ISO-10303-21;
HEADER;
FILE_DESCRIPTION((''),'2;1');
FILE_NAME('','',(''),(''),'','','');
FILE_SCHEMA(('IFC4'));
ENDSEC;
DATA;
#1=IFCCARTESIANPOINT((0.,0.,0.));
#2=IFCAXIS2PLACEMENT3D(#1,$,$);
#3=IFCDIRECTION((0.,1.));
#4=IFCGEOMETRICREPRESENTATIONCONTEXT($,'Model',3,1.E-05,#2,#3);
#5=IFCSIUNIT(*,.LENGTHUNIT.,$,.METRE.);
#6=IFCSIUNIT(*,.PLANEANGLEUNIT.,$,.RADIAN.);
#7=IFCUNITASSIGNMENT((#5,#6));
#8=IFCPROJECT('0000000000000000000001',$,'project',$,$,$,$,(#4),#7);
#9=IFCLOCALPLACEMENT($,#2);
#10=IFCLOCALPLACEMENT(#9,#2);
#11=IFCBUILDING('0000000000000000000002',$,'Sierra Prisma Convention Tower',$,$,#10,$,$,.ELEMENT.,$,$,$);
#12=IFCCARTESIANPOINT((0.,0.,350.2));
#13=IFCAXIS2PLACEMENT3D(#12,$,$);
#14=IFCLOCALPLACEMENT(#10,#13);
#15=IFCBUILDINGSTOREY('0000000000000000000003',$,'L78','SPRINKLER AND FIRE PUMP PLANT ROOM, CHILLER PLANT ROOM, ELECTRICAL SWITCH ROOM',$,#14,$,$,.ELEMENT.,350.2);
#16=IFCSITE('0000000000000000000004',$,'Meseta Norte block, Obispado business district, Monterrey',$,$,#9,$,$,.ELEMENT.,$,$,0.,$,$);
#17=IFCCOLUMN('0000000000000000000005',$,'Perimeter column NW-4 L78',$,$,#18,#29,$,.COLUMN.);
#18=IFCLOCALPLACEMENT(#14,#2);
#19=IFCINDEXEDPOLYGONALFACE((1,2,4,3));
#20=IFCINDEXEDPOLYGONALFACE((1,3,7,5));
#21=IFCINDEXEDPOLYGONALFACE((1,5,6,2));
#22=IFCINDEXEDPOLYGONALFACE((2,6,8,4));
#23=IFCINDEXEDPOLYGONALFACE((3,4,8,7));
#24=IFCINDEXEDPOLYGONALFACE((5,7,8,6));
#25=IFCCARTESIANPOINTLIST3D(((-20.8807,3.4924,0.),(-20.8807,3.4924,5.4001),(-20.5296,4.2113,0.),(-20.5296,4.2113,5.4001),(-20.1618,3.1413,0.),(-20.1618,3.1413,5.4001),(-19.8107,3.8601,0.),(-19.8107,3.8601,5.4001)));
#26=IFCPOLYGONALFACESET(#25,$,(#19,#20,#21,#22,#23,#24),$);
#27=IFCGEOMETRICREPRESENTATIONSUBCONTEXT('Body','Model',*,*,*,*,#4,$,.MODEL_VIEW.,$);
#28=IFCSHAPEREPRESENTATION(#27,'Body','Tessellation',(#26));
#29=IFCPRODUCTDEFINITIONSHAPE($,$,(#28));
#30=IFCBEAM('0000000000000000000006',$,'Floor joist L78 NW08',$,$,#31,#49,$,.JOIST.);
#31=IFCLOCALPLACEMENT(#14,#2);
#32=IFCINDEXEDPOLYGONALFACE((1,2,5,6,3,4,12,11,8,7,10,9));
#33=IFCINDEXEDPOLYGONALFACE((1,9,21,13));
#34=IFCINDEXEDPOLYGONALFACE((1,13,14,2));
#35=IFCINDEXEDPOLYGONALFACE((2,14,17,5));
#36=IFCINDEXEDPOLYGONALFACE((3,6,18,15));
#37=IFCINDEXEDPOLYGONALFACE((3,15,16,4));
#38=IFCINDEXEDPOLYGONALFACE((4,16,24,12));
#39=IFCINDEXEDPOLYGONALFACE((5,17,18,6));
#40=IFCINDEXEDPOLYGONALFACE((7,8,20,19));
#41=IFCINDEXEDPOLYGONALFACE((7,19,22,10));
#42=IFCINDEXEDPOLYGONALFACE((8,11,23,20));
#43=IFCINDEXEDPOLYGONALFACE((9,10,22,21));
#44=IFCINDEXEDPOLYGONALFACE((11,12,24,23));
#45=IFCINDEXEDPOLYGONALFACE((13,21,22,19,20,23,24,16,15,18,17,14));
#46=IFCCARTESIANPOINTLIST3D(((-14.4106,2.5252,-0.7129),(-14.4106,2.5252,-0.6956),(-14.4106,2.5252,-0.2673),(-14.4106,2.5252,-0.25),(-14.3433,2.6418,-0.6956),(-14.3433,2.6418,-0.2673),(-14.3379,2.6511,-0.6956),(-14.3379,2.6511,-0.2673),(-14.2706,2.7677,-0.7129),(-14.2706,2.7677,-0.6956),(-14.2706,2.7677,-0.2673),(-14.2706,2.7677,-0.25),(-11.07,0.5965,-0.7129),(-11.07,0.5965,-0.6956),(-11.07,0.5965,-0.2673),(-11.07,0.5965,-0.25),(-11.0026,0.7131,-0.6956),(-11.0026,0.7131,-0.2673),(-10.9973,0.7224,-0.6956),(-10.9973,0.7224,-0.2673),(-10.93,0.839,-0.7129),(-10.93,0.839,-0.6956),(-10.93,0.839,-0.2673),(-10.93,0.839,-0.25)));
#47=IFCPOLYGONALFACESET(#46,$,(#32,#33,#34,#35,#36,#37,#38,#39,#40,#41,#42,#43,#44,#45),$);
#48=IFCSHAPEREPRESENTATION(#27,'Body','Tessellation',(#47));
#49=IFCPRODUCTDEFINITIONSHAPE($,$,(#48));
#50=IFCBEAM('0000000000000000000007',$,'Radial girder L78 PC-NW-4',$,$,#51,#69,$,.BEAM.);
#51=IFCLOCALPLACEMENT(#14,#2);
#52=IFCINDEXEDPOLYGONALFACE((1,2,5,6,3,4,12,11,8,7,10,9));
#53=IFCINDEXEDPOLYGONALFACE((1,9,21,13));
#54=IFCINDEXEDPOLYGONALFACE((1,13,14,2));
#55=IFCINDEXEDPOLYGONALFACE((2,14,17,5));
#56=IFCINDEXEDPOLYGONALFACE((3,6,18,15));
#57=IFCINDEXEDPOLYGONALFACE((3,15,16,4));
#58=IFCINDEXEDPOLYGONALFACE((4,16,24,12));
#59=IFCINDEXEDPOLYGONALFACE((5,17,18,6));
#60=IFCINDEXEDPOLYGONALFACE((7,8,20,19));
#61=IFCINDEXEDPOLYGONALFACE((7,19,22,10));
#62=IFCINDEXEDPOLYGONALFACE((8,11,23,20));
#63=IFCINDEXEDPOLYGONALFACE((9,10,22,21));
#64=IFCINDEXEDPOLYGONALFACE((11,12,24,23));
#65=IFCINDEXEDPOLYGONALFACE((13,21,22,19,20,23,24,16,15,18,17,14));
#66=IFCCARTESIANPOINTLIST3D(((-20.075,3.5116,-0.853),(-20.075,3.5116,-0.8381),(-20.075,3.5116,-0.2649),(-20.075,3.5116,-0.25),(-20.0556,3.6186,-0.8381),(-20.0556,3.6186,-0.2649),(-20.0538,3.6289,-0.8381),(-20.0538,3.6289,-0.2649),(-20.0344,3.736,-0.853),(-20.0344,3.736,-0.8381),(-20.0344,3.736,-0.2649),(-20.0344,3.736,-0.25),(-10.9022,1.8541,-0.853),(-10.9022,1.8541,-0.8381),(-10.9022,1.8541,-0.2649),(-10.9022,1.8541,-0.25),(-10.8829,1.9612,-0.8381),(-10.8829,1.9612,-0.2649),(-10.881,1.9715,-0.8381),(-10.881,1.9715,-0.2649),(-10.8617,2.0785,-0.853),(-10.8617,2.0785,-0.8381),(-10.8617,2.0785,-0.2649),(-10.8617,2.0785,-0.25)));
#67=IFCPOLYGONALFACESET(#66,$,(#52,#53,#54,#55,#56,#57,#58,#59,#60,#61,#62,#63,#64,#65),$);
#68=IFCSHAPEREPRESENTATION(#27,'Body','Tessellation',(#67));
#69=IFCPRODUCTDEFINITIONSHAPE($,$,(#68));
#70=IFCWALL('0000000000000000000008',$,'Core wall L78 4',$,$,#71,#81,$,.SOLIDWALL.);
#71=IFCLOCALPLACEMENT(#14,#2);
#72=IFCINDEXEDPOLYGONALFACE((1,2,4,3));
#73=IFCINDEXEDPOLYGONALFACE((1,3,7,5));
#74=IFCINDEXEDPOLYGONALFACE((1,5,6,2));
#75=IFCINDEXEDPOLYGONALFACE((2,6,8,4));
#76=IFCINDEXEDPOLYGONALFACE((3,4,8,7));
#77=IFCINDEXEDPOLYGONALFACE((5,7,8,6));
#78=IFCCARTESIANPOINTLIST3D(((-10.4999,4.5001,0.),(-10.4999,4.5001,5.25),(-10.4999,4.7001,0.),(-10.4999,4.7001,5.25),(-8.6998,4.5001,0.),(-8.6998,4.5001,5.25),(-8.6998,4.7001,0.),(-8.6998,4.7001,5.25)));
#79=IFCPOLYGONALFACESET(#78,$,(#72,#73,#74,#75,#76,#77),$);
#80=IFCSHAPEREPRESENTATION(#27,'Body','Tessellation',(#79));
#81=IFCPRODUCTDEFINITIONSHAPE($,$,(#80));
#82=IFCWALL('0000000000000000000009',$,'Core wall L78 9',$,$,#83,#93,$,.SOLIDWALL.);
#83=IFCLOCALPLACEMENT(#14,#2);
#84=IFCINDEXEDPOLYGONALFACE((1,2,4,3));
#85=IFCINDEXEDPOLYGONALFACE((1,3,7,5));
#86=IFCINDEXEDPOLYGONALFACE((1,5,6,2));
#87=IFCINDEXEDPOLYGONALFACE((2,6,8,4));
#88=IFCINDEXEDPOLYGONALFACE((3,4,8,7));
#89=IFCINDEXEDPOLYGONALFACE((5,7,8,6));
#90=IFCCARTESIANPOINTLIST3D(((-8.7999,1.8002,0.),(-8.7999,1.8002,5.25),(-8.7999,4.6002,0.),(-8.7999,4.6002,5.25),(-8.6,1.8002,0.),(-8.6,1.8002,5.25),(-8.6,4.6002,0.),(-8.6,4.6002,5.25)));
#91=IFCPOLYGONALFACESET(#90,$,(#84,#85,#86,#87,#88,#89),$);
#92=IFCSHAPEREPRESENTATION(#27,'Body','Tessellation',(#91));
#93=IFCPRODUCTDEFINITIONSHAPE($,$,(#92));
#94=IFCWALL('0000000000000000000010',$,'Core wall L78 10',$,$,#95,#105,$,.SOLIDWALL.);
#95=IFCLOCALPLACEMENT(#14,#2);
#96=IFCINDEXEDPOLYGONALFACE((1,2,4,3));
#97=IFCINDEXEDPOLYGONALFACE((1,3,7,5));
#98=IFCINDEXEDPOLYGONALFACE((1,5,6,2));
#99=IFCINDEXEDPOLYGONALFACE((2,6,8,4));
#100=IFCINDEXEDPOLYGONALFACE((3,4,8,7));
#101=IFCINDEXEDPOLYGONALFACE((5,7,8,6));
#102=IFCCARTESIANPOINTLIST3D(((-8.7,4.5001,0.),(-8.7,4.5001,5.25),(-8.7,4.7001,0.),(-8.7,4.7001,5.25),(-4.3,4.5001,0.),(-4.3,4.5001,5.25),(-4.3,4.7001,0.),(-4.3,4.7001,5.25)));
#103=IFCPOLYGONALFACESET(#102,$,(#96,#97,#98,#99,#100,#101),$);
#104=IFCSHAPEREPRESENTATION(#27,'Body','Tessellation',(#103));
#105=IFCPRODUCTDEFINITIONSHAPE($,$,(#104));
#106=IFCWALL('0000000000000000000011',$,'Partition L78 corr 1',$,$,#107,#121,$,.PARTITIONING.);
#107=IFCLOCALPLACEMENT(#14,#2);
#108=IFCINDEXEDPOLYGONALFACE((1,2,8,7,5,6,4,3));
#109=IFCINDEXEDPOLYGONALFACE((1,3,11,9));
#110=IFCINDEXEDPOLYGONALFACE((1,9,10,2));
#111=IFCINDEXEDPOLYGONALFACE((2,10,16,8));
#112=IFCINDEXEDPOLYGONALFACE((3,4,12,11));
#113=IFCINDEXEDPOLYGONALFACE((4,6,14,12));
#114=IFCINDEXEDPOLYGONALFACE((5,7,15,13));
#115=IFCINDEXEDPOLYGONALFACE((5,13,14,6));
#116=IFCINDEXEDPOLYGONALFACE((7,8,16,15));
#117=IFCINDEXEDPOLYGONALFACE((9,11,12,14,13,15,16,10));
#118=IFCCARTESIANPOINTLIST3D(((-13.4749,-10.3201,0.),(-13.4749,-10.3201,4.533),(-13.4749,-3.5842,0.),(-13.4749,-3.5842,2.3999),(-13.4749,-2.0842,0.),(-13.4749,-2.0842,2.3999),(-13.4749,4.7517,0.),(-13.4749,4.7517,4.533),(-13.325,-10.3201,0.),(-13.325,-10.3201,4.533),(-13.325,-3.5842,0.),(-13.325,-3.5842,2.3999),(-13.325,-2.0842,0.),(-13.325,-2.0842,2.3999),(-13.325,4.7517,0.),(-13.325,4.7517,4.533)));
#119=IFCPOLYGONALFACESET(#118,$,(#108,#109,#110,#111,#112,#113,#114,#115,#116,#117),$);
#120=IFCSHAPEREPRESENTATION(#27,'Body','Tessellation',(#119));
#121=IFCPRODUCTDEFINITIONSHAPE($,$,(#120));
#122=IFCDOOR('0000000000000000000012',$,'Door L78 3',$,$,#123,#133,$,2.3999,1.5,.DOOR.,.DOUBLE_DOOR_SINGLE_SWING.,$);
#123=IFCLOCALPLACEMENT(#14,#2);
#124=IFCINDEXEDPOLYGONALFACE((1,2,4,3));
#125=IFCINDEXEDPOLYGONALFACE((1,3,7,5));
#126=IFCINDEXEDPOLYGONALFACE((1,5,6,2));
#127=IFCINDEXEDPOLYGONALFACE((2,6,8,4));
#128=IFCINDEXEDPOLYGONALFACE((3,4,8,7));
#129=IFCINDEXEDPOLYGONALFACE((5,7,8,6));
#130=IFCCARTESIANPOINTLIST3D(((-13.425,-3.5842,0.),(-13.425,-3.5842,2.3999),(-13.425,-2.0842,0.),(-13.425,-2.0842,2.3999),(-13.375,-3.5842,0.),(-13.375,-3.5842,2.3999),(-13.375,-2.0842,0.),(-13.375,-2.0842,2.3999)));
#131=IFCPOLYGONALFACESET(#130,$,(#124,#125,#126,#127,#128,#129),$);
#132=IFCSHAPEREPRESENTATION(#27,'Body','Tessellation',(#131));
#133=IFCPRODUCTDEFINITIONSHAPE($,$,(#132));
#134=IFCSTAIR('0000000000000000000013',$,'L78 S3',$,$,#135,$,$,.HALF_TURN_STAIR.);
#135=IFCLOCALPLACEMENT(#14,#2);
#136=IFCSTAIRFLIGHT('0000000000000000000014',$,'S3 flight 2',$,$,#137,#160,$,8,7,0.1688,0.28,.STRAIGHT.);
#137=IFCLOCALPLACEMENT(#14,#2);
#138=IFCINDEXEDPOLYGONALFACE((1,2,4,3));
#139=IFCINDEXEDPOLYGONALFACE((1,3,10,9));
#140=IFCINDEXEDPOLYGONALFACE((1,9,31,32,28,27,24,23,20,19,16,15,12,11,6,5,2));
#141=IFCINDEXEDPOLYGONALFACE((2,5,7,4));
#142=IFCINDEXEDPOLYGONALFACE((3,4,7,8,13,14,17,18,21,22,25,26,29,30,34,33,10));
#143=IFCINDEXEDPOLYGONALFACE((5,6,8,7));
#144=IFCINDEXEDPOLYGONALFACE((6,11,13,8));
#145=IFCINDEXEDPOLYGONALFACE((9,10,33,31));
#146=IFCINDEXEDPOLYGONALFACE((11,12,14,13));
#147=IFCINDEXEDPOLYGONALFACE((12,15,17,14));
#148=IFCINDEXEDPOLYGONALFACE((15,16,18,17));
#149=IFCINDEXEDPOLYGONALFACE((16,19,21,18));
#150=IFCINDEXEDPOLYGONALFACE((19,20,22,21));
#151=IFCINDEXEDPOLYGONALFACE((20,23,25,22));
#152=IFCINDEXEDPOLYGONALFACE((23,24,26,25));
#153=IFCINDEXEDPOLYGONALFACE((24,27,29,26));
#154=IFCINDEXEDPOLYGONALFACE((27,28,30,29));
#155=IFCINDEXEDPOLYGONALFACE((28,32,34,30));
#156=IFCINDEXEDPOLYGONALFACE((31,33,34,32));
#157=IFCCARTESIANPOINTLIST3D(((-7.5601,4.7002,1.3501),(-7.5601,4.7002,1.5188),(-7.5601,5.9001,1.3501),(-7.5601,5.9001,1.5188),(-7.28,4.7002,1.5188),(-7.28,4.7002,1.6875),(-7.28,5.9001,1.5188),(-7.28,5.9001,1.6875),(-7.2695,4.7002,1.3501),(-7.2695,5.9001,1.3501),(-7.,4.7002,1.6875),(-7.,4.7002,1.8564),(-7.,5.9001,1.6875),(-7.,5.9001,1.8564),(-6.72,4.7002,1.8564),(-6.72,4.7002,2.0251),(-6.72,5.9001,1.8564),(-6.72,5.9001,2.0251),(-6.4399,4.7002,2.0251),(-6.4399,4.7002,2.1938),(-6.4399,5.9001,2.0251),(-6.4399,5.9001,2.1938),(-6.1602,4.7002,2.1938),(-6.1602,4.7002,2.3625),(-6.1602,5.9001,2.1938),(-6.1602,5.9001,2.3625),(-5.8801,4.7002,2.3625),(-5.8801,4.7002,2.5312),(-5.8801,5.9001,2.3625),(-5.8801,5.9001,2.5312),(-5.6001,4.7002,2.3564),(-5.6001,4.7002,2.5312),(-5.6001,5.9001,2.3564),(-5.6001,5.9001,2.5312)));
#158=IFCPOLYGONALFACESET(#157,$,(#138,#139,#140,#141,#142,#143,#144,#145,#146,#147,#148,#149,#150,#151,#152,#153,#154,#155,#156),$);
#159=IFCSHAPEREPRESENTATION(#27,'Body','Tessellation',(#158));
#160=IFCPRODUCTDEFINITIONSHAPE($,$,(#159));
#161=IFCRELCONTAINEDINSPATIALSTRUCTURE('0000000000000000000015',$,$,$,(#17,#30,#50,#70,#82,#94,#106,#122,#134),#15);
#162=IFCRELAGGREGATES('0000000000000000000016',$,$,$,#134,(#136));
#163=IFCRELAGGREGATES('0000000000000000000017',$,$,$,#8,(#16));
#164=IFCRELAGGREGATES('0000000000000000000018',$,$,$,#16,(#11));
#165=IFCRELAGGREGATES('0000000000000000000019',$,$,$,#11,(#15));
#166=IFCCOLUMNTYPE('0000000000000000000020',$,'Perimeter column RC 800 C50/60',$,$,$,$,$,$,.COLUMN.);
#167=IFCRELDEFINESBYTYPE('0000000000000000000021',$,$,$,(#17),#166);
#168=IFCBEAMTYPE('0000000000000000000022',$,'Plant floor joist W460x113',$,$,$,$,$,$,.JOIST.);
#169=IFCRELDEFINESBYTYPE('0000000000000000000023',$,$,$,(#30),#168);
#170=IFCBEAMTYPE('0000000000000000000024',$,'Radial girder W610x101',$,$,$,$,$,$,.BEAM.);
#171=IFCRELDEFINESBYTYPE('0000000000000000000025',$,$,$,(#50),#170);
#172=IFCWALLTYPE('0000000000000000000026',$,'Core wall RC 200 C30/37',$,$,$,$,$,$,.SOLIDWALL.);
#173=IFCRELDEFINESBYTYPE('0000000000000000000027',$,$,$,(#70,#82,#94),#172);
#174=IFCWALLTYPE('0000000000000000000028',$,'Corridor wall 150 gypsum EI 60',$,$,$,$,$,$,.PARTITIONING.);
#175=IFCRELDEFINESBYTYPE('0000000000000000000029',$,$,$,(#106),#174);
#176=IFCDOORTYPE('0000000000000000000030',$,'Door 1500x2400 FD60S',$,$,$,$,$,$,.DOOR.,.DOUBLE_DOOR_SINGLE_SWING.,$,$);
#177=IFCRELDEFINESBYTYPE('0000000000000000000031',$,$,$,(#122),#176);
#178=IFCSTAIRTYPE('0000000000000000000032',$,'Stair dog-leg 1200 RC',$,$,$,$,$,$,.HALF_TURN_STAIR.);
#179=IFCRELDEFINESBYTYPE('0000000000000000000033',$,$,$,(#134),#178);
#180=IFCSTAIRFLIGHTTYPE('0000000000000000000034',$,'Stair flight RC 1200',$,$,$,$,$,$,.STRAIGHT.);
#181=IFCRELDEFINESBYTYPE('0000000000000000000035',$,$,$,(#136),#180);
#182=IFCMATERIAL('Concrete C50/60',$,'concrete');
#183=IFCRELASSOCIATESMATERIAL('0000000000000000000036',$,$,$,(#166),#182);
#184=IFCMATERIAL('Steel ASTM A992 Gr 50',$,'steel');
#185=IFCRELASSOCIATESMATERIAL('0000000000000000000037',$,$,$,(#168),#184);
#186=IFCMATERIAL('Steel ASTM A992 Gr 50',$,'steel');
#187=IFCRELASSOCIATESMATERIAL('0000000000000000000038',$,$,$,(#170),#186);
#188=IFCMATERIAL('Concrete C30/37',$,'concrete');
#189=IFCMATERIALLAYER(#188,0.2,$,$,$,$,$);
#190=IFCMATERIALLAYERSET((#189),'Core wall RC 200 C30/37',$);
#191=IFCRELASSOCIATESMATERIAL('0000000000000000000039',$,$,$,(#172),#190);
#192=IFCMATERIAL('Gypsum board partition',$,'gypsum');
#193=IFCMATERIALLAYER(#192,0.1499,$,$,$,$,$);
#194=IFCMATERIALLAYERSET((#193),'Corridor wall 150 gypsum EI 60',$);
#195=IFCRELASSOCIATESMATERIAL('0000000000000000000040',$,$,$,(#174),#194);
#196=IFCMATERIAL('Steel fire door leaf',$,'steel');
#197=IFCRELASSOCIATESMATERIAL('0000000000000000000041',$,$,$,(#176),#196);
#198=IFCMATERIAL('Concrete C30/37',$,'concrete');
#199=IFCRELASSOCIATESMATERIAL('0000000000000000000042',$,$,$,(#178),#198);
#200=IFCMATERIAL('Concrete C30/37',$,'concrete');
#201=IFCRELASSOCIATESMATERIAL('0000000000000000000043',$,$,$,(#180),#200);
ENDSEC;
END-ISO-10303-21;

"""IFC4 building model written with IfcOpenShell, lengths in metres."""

from ifc_helpers import new_model, si_unit, direction, frame, frame_2d, origin, origin_2d, place, context, subcontext, project, spatial, polyline, rectangle, i_section, outline, extrude, material, layer, layer_set, material_profile, profile_set, type_object, element, fill, aggregate, save


model = new_model("IFC4")

# Units and contexts
model_context = context("Model", 3, precision=1e-05, world=origin(), true_north=direction((0.0, 1.0)))
body_context = subcontext(model_context, "Body", "Model", "MODEL_VIEW")
ifc_project = project(units=[si_unit("LENGTHUNIT", "METRE"), si_unit("PLANEANGLEUNIT", "RADIAN")], contexts=[model_context])

# Site, building, storey
site_placement = place(None, origin())
site = spatial("IfcSite", under=ifc_project, at=site_placement, Name="Meseta Norte block, Obispado business district, Monterrey", CompositionType="ELEMENT", RefElevation=0.0)
building_placement = place(site_placement, origin())
building = spatial("IfcBuilding", under=site, at=building_placement, Name="Sierra Prisma Convention Tower", CompositionType="ELEMENT")
storey_placement = place(building_placement, frame((0.0, 0.0, 350.2)))
storey = spatial("IfcBuildingStorey", under=building, at=storey_placement, Name="L78", Description="SPRINKLER AND FIRE PUMP PLANT ROOM, CHILLER PLANT ROOM, ELECTRICAL SWITCH ROOM", CompositionType="ELEMENT", Elevation=350.2)

# Column
ifc_material_1 = material(Name="Concrete C50/60", Category="concrete")
ifc_material_profile_1 = material_profile(ifc_material_1, rectangle(XDim=0.8, YDim=0.8, at=origin_2d()), Name="Perimeter column RC 800 C50/60")
ifc_profile_set_1 = profile_set([ifc_material_profile_1], Name="Concrete C50/60")
column_type = type_object("IfcColumnType", Name="Perimeter column RC 800 C50/60", PredefinedType="COLUMN", material=ifc_profile_set_1)
column_placement = place(storey_placement, frame((-20.3457, 3.6763, 0.0), z_axis=(0.0, 0.0, 1.0), x_axis=(0.438895, 0.898538, 0.0)))
element("IfcColumn", 1, at=column_placement, inside=storey, type_object=column_type, Name="Perimeter column NW-4 L78", PredefinedType="COLUMN", context=body_context, shape_type="SweptSolid", body=[
    extrude(rectangle(XDim=0.8, YDim=0.8, at=origin_2d()), origin(), (0.0, 0.0, 1.0), 5.4001),
])

# Beams
ifc_material_2 = material(Name="Steel ASTM A992 Gr 50", Category="steel")
ifc_material_profile_2 = material_profile(ifc_material_2, i_section(OverallWidth=0.28, OverallDepth=0.4629, WebThickness=0.0107, FlangeThickness=0.0173, at=origin_2d()), Name="W460x113")
ifc_profile_set_2 = profile_set([ifc_material_profile_2], Name="Steel ASTM A992 Gr 50")
beam_type_1 = type_object("IfcBeamType", Name="Plant floor joist W460x113", PredefinedType="JOIST", material=ifc_profile_set_2)
beam_1_placement = place(storey_placement, frame((-14.3406, 2.6465, -0.4814), z_axis=(0.866022, -0.500006, 0.0), x_axis=(0.500006, 0.866022, 0.0)))
element("IfcBeam", 2, at=beam_1_placement, inside=storey, type_object=beam_type_1, Name="Floor joist L78 NW08", PredefinedType="JOIST", context=body_context, shape_type="SweptSolid", body=[
    extrude(i_section(OverallWidth=0.28, OverallDepth=0.4629, WebThickness=0.0107, FlangeThickness=0.0173, at=origin_2d()), origin(), (0.0, 0.0, 1.0), 3.8574),
])
ifc_material_3 = material(Name="Steel ASTM A992 Gr 50", Category="steel")
ifc_material_profile_3 = material_profile(ifc_material_3, i_section(OverallWidth=0.228, OverallDepth=0.603, WebThickness=0.0105, FlangeThickness=0.0149, at=origin_2d()), Name="W610x101")
ifc_profile_set_3 = profile_set([ifc_material_profile_3], Name="Steel ASTM A992 Gr 50")
beam_type_2 = type_object("IfcBeamType", Name="Radial girder W610x101", PredefinedType="BEAM", material=ifc_profile_set_3)
beam_2_placement = place(storey_placement, frame((-20.0547, 3.6238, -0.5515), z_axis=(0.984064, -0.177814, 0.0), x_axis=(0.177814, 0.984064, 0.0)))
element("IfcBeam", 3, at=beam_2_placement, inside=storey, type_object=beam_type_2, Name="Radial girder L78 PC-NW-4", PredefinedType="BEAM", context=body_context, shape_type="SweptSolid", body=[
    extrude(i_section(OverallWidth=0.228, OverallDepth=0.603, WebThickness=0.0105, FlangeThickness=0.0149, at=origin_2d()), origin(), (0.0, 0.0, 1.0), 9.3213),
])

# Shared definitions
ifc_material_4 = material(Name="Concrete C30/37", Category="concrete")
ifc_layer_1 = layer(ifc_material_4, 0.2)
ifc_layer_set_1 = layer_set([ifc_layer_1], Name="Core wall RC 200 C30/37")
wall_type_1 = type_object("IfcWallType", Name="Core wall RC 200 C30/37", PredefinedType="SOLIDWALL", material=ifc_layer_set_1)

# Wall
wall_1_placement = place(storey_placement, frame((-8.7, 4.6001, 0.0), z_axis=(0.0, 0.0, 1.0), x_axis=(-1.0, 0.0, 0.0)))
element("IfcWall", 4, at=wall_1_placement, inside=storey, type_object=wall_type_1, Name="Core wall L78 4", PredefinedType="SOLIDWALL", context=body_context, shape_type="SweptSolid", body=[
    extrude(rectangle(XDim=1.8, YDim=0.2, at=frame_2d((0.8999, 0.0))), origin(), (0.0, 0.0, 1.0), 5.25),
])

# Walls
wall_2_placement = place(storey_placement, frame((-8.7, 4.6001, 0.0), z_axis=(0.0, 0.0, 1.0), x_axis=(0.0, -1.0, 0.0)))
element("IfcWall", 5, at=wall_2_placement, inside=storey, type_object=wall_type_1, Name="Core wall L78 9", PredefinedType="SOLIDWALL", context=body_context, shape_type="SweptSolid", body=[
    extrude(rectangle(XDim=2.8, YDim=0.2, at=frame_2d((1.3999, 0.0))), origin(), (0.0, 0.0, 1.0), 5.25),
])
wall_3_placement = place(storey_placement, frame((-4.3, 4.6001, 0.0), z_axis=(0.0, 0.0, 1.0), x_axis=(-1.0, 0.0, 0.0)))
element("IfcWall", 6, at=wall_3_placement, inside=storey, type_object=wall_type_1, Name="Core wall L78 10", PredefinedType="SOLIDWALL", context=body_context, shape_type="SweptSolid", body=[
    extrude(rectangle(XDim=4.3999, YDim=0.2, at=frame_2d((2.2, 0.0))), origin(), (0.0, 0.0, 1.0), 5.25),
])

# Wall, opening, door
ifc_material_5 = material(Name="Gypsum board partition", Category="gypsum")
ifc_layer_2 = layer(ifc_material_5, 0.1499)
ifc_layer_set_2 = layer_set([ifc_layer_2], Name="Corridor wall 150 gypsum EI 60")
wall_type_2 = type_object("IfcWallType", Name="Corridor wall 150 gypsum EI 60", PredefinedType="PARTITIONING", material=ifc_layer_set_2)
wall_4_placement = place(storey_placement, frame((-13.3999, 4.7517, 0.0), z_axis=(0.0, 0.0, 1.0), x_axis=(0.0, -1.0, 0.0)))
wall_4 = element("IfcWall", 7, at=wall_4_placement, inside=storey, type_object=wall_type_2, Name="Partition L78 corr 1", PredefinedType="PARTITIONING", context=body_context, shape_type="SweptSolid", body=[
    extrude(rectangle(XDim=15.0718, YDim=0.1499, at=frame_2d((7.5359, 0.0))), origin(), (0.0, 0.0, 1.0), 4.533),
])
opening_1_placement = place(wall_4_placement, frame((6.8359, 0.0, 0.0)))
opening_1 = element("IfcOpeningElement", 8, at=opening_1_placement, cuts=wall_4, PredefinedType="OPENING", context=body_context, shape_type="SweptSolid", body=[
    extrude(rectangle(XDim=1.5, YDim=2.3999, at=frame_2d((0.75, 1.2))), frame((0.0, 0.075, 0.0), z_axis=(0.0, -1.0, 0.0), x_axis=(1.0, 0.0, 0.0)), (0.0, 0.0, 1.0), 0.1499),
])
ifc_material_6 = material(Name="Steel fire door leaf", Category="steel")
door_type_1 = type_object("IfcDoorType", Name="Door 1500x2400 FD60S", OperationType="DOUBLE_DOOR_SINGLE_SWING", PredefinedType="DOOR", material=ifc_material_6)
door_1_placement = place(opening_1_placement, origin())
door_1 = element("IfcDoor", 9, at=door_1_placement, inside=storey, type_object=door_type_1, Name="Door L78 3", OperationType="DOUBLE_DOOR_SINGLE_SWING", OverallHeight=2.3999, OverallWidth=1.5, PredefinedType="DOOR", context=body_context, shape_type="SweptSolid", body=[
    extrude(rectangle(XDim=1.5, YDim=2.3999, at=frame_2d((0.75, 1.2))), frame((0.0, 0.0249, 0.0), z_axis=(0.0, -1.0, 0.0), x_axis=(1.0, 0.0, 0.0)), (0.0, 0.0, 1.0), 0.05),
])
fill(opening_1, door_1)

# Stair, stair flight
ifc_material_7 = material(Name="Concrete C30/37", Category="concrete")
stair_type = type_object("IfcStairType", Name="Stair dog-leg 1200 RC", PredefinedType="HALF_TURN_STAIR", material=ifc_material_7)
stair_placement = place(storey_placement, origin())
stair = element("IfcStair", 10, at=stair_placement, inside=storey, type_object=stair_type, Name="L78 S3", PredefinedType="HALF_TURN_STAIR")
ifc_material_8 = material(Name="Concrete C30/37", Category="concrete")
stair_flight_type = type_object("IfcStairFlightType", Name="Stair flight RC 1200", PredefinedType="STRAIGHT", material=ifc_material_8)
stair_flight_1_placement = place(storey_placement, frame((-7.5601, 5.3, 1.3501), z_axis=(0.0, 0.0, 1.0), x_axis=(1.0, 0.0, 0.0)))
stair_flight_1 = element("IfcStairFlight", 11, at=stair_flight_1_placement, type_object=stair_flight_type, Name="S3 flight 2", NumberOfRisers=8, NumberOfTreads=7, PredefinedType="STRAIGHT", RiserHeight=0.1688, TreadLength=0.28, context=body_context, shape_type="SweptSolid", body=[
    extrude(outline(polyline([(0.0, 0.0), (0.0, 0.1687), (0.28, 0.1687), (0.28, 0.3374), (0.5601, 0.3374), (0.5601, 0.5063), (0.8401, 0.5063), (0.8401, 0.675), (1.1201, 0.675), (1.1201, 0.8438), (1.3999, 0.8438), (1.3999, 1.0125), (1.6799, 1.0125), (1.6799, 1.1812), (1.96, 1.1812), (1.96, 1.3501), (1.96, 1.0063), (0.2905, 0.0), (0.0, 0.0)])), frame((0.0, 0.6001, 0.0), z_axis=(0.0, -1.0, 0.0), x_axis=(1.0, 0.0, 0.0)), (0.0, 0.0, 1.0), 1.2),
])
aggregate(stair, [stair_flight_1])

save(model, "model.ifc")
